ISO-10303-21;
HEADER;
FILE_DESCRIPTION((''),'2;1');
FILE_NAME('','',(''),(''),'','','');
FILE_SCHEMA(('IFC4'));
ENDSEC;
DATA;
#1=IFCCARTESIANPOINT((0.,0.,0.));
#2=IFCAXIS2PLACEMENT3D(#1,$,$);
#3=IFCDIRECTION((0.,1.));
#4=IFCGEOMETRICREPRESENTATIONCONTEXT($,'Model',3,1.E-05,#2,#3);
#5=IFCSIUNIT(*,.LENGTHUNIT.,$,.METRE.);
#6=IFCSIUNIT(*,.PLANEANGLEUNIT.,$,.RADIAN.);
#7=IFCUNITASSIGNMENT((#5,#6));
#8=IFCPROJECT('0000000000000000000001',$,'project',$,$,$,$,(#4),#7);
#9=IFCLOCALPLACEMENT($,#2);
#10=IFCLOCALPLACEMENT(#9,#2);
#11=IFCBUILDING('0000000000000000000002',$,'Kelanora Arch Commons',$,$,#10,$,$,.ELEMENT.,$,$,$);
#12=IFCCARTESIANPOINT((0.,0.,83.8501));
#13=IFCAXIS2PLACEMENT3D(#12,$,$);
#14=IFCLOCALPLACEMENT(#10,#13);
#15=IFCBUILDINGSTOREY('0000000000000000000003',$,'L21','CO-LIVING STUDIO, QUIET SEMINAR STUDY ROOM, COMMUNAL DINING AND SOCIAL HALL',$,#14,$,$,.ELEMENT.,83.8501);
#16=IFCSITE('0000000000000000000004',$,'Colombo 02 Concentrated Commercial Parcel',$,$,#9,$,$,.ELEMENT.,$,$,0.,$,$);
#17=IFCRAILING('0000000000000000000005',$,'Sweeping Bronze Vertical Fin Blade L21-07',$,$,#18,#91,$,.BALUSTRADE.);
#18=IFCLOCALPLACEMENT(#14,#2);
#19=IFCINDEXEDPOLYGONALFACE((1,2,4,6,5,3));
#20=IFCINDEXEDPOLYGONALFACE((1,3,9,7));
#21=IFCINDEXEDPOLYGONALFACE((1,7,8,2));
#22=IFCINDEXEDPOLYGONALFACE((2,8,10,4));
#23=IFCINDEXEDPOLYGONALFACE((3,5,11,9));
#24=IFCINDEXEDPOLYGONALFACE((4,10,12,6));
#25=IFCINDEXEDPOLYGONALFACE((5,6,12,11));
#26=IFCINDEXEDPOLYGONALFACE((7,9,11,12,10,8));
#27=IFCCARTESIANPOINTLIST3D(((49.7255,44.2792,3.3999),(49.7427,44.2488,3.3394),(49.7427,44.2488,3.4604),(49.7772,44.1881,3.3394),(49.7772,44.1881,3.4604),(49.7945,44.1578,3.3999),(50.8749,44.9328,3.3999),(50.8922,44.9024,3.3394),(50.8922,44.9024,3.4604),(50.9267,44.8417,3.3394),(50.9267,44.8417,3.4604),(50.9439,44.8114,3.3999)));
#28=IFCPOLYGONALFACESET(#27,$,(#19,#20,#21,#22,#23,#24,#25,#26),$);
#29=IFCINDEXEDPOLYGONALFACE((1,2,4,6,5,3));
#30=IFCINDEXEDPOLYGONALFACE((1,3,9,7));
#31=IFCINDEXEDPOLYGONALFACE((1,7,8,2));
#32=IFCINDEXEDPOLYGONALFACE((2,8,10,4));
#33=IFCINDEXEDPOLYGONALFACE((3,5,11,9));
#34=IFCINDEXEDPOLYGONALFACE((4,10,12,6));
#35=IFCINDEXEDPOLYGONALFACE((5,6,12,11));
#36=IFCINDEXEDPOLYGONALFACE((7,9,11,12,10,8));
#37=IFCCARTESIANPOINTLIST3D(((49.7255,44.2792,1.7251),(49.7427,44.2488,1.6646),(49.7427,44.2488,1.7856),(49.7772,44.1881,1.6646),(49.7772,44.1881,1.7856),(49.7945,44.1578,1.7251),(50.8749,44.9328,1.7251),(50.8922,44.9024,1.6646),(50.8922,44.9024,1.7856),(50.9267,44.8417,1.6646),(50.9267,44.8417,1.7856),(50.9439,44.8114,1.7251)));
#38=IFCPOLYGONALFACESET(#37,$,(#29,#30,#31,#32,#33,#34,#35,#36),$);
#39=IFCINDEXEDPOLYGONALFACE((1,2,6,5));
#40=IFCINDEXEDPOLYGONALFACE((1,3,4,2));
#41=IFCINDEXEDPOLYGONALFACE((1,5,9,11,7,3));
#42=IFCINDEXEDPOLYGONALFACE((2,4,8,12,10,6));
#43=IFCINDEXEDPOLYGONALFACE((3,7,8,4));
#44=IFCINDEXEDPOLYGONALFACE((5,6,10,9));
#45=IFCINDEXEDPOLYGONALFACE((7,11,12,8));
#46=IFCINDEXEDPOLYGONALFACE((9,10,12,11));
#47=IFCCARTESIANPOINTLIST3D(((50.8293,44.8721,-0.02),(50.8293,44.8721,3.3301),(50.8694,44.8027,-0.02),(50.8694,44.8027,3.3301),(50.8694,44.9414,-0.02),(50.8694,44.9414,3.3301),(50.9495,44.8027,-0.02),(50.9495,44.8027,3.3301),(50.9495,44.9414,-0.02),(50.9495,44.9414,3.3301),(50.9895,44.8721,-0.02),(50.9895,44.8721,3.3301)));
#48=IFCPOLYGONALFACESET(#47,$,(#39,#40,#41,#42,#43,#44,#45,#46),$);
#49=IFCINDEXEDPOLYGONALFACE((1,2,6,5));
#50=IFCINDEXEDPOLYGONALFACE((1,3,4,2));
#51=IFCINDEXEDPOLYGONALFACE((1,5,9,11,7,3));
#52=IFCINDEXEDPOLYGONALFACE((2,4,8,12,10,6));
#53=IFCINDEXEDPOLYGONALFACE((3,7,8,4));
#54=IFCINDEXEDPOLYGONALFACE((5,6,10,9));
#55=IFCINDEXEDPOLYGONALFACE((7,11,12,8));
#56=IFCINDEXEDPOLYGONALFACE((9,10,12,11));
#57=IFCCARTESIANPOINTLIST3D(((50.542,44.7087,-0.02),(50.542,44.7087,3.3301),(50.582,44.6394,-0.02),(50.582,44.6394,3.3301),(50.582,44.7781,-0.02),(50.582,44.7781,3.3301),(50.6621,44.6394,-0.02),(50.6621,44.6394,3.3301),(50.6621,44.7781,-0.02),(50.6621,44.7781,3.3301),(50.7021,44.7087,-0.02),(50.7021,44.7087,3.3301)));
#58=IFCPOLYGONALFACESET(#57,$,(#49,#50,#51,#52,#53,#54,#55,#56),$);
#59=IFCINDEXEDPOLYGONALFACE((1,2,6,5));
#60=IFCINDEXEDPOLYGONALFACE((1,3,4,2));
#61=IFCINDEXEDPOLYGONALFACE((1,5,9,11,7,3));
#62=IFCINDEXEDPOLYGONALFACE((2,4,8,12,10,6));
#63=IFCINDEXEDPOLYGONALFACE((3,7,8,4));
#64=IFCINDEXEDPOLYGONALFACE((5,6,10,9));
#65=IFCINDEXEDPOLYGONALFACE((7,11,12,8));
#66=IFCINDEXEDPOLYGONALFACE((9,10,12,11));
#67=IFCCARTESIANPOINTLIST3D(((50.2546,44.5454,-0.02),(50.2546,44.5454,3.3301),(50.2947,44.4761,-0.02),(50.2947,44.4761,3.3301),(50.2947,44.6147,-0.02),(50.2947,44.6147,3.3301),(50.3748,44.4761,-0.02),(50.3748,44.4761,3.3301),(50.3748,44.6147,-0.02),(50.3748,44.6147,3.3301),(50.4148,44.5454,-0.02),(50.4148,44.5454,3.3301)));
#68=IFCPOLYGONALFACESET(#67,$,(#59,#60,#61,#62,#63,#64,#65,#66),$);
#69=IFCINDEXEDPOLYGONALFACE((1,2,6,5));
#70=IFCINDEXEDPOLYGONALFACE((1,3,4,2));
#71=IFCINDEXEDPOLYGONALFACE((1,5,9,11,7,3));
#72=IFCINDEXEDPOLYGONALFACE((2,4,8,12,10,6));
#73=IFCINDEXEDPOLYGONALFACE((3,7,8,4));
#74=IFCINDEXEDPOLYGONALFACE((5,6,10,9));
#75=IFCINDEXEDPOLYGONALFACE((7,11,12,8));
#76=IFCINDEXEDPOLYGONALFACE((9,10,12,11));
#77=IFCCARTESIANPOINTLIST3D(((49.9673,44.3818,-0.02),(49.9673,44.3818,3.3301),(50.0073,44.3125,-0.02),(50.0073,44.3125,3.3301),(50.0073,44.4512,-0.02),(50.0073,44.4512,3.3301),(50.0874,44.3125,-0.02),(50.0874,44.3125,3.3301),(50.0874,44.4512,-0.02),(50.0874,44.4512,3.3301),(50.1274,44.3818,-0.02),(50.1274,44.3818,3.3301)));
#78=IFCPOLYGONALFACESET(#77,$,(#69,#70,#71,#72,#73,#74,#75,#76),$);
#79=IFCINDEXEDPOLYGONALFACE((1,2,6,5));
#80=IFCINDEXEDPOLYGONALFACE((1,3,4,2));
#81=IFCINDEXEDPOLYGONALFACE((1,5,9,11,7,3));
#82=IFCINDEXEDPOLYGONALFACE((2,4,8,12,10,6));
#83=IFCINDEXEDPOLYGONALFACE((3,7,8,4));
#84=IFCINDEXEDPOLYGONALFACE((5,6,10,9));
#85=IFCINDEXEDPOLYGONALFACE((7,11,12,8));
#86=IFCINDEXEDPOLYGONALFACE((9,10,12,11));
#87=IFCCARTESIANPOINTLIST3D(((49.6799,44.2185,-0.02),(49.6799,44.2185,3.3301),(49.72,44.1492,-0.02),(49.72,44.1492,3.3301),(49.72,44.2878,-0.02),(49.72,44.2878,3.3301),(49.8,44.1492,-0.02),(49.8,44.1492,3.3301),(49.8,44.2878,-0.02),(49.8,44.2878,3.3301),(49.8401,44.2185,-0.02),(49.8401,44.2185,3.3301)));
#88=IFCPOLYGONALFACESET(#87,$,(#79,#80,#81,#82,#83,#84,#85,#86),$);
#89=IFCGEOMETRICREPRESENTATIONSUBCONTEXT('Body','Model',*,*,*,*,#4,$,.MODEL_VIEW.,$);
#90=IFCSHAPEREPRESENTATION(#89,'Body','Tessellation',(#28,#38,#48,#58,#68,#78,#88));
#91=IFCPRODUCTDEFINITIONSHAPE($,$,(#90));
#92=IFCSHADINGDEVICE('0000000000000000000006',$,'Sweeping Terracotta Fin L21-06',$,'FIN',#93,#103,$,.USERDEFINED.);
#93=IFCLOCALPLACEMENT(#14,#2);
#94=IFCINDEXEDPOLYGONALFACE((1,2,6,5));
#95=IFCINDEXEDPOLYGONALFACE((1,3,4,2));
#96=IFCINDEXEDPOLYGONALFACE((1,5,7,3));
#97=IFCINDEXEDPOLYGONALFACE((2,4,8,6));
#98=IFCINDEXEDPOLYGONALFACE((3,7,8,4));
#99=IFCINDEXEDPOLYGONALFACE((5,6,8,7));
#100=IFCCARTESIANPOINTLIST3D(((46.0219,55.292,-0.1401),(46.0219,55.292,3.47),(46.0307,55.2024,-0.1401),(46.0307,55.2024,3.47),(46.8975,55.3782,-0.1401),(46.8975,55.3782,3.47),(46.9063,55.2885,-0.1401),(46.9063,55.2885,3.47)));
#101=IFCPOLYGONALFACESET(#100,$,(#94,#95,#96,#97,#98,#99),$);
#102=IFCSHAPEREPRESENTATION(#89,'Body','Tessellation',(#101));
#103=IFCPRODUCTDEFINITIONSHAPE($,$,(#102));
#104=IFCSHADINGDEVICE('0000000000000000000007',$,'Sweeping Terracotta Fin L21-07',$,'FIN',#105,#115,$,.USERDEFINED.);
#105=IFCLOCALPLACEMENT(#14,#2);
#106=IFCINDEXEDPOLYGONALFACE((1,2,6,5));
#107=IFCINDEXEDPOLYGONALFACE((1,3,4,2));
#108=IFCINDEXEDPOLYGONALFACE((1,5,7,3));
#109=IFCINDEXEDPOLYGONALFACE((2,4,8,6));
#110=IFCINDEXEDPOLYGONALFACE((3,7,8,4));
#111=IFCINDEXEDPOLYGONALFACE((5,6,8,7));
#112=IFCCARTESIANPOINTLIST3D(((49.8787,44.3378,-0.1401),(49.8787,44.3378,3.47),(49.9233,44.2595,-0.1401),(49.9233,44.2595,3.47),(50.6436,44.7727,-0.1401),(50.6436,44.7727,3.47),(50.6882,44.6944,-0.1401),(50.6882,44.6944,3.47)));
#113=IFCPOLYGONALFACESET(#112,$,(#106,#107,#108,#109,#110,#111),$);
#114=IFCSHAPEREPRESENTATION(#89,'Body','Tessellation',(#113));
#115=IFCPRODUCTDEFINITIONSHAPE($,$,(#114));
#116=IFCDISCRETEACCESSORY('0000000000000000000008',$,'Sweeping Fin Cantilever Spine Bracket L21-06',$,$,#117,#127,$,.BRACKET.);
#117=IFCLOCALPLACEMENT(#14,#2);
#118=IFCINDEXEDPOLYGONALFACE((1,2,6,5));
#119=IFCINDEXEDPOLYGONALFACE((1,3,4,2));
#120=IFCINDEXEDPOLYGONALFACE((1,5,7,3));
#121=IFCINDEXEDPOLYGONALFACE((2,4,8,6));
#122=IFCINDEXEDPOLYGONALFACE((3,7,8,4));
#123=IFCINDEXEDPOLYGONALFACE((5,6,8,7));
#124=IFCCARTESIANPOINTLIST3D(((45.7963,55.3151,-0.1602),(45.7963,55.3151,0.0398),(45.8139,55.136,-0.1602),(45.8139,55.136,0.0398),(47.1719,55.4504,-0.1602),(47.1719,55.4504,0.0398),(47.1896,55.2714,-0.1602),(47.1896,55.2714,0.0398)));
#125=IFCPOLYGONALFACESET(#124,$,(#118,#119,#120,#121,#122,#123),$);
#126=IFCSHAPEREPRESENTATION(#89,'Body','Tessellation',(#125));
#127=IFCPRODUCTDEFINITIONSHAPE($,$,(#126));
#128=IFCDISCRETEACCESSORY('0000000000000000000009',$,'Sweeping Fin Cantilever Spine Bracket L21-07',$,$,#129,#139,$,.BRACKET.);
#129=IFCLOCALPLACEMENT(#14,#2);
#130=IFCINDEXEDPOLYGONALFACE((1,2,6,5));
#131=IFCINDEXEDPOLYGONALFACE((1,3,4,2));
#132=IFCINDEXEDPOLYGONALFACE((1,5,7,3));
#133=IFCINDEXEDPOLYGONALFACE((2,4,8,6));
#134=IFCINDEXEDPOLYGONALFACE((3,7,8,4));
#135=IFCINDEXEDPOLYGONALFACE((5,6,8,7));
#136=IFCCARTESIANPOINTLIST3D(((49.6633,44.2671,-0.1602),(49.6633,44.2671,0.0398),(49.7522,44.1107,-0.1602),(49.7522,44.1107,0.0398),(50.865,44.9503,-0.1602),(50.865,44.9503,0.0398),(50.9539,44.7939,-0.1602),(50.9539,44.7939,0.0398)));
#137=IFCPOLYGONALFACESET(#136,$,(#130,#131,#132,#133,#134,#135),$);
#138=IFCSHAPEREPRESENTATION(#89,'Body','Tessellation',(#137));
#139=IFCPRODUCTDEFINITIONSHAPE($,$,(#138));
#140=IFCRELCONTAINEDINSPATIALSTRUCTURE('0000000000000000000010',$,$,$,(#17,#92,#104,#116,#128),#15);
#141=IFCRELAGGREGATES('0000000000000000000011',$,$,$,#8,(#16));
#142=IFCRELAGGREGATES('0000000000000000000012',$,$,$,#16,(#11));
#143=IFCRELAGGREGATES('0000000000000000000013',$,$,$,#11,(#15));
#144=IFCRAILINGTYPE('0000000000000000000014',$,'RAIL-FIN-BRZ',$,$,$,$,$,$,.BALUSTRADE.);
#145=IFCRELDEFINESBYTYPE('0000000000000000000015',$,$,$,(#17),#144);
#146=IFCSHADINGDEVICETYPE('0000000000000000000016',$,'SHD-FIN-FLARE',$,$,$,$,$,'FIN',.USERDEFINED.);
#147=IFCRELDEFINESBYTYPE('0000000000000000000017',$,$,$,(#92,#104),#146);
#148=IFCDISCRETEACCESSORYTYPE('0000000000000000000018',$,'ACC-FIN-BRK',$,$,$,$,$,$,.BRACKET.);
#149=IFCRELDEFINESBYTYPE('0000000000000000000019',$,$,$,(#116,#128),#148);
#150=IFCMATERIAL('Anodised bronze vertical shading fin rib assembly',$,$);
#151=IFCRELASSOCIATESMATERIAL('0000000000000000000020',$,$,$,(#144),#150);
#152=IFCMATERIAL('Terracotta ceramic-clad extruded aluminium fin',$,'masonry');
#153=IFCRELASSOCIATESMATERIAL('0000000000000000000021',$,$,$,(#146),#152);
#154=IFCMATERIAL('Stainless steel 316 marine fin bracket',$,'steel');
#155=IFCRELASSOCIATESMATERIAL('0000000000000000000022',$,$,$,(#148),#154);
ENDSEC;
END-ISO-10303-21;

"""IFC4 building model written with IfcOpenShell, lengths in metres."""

from ifc_helpers import new_model, si_unit, direction, frame, origin, origin_2d, place, context, subcontext, project, spatial, polyline, rectangle, outline, extrude, source, transform, mapped, material, type_object, element, save


model = new_model("IFC4")

# Units and contexts
model_context = context("Model", 3, precision=1e-05, world=origin(), true_north=direction((0.0, 1.0)))
body_context = subcontext(model_context, "Body", "Model", "MODEL_VIEW")
ifc_project = project(units=[si_unit("LENGTHUNIT", "METRE"), si_unit("PLANEANGLEUNIT", "RADIAN")], contexts=[model_context])

# Site, building, storey
site_placement = place(None, origin())
site = spatial("IfcSite", under=ifc_project, at=site_placement, Name="Colombo 02 Concentrated Commercial Parcel", CompositionType="ELEMENT", RefElevation=0.0)
building_placement = place(site_placement, origin())
building = spatial("IfcBuilding", under=site, at=building_placement, Name="Kelanora Arch Commons", CompositionType="ELEMENT")
storey_placement = place(building_placement, frame((0.0, 0.0, 83.8501)))
storey = spatial("IfcBuildingStorey", under=building, at=storey_placement, Name="L21", Description="CO-LIVING STUDIO, QUIET SEMINAR STUDY ROOM, COMMUNAL DINING AND SOCIAL HALL", CompositionType="ELEMENT", Elevation=83.8501)

# Railing
ifc_material_1 = material(Name="Anodised bronze vertical shading fin rib assembly")
railing_type = type_object("IfcRailingType", Name="RAIL-FIN-BRZ", PredefinedType="BALUSTRADE", material=ifc_material_1)
railing_1_placement = place(storey_placement, frame((50.9094, 44.8721, -0.02)))
element("IfcRailing", 1, at=railing_1_placement, inside=storey, type_object=railing_type, Name="Sweeping Bronze Vertical Fin Blade L21-07", PredefinedType="BALUSTRADE", context=body_context, shape_type="SweptSolid", body=[
    extrude(outline(polyline([(0.0698, 0.0), (0.0349, 0.0605), (-0.0349, 0.0605), (-0.0698, 0.0), (-0.0349, -0.0605), (0.0349, -0.0605), (0.0698, 0.0)])), frame((0.0, 0.0, 3.4199), z_axis=(-0.869298, -0.494289, 0.0), x_axis=(0.494289, -0.869298, 0.0)), (0.0, 0.0, 1.0), 1.3223),
    extrude(outline(polyline([(0.0698, 0.0), (0.0349, 0.0605), (-0.0349, 0.0605), (-0.0698, 0.0), (-0.0349, -0.0605), (0.0349, -0.0605), (0.0698, 0.0)])), frame((0.0, 0.0, 1.7451), z_axis=(-0.869298, -0.494289, 0.0), x_axis=(0.494289, -0.869298, 0.0)), (0.0, 0.0, 1.0), 1.3223),
    extrude(outline(polyline([(0.0801, 0.0), (0.04, 0.0693), (-0.04, 0.0693), (-0.0801, 0.0), (-0.04, -0.0693), (0.04, -0.0693), (0.0801, 0.0)])), origin(), (0.0, 0.0, 1.0), 3.3501),
    extrude(outline(polyline([(0.0801, 0.0), (0.04, 0.0693), (-0.04, 0.0693), (-0.0801, 0.0), (-0.04, -0.0693), (0.04, -0.0693), (0.0801, 0.0)])), frame((-0.2874, -0.1633, 0.0)), (0.0, 0.0, 1.0), 3.3501),
    extrude(outline(polyline([(0.0801, 0.0), (0.04, 0.0693), (-0.04, 0.0693), (-0.0801, 0.0), (-0.04, -0.0693), (0.04, -0.0693), (0.0801, 0.0)])), frame((-0.5747, -0.3267, 0.0)), (0.0, 0.0, 1.0), 3.3501),
    extrude(outline(polyline([(0.0801, 0.0), (0.04, 0.0693), (-0.04, 0.0693), (-0.0801, 0.0), (-0.04, -0.0693), (0.04, -0.0693), (0.0801, 0.0)])), frame((-0.8621, -0.4902, 0.0)), (0.0, 0.0, 1.0), 3.3501),
    extrude(outline(polyline([(0.0801, 0.0), (0.04, 0.0693), (-0.04, 0.0693), (-0.0801, 0.0), (-0.04, -0.0693), (0.04, -0.0693), (0.0801, 0.0)])), frame((-1.1494, -0.6536, 0.0)), (0.0, 0.0, 1.0), 3.3501),
])

# Shading devices
ifc_material_2 = material(Name="Terracotta ceramic-clad extruded aluminium fin", Category="masonry")
shading_device_type = type_object("IfcShadingDeviceType", Name="SHD-FIN-FLARE", ElementType="FIN", PredefinedType="USERDEFINED", material=ifc_material_2)
shared_shape_1 = source(origin(), body_context, "Body", "SweptSolid", [
    extrude(rectangle(XDim=0.8799, YDim=0.0901, at=origin_2d()), origin(), (0.0, 0.0, 1.0), 3.6101),
])
for number, where, z_axis, x_axis, name in (
    (2, (46.4641, 55.2903, -0.1401), (0.0, 0.0, 1.0), (-0.995193, -0.09793, 0.0), "Sweeping Terracotta Fin L21-06"),
    (3, (50.2834, 44.5161, -0.1401), (0.0, 0.0, 1.0), (-0.869322, -0.494245, 0.0), "Sweeping Terracotta Fin L21-07"),
):
    element("IfcShadingDevice", number, at=place(storey_placement, frame(where, z_axis=z_axis, x_axis=x_axis)), inside=storey, type_object=shading_device_type, Name=name, ObjectType="FIN", PredefinedType="USERDEFINED", context=body_context, shape_type="MappedRepresentation", body=[
        mapped(shared_shape_1, transform((0.0, 0.0, 0.0), scale=1.0)),
    ])

# Discrete accessories
ifc_material_3 = material(Name="Stainless steel 316 marine fin bracket", Category="steel")
discrete_accessory_type = type_object("IfcDiscreteAccessoryType", Name="ACC-FIN-BRK", PredefinedType="BRACKET", material=ifc_material_3)
shared_shape_2 = source(origin(), body_context, "Body", "SweptSolid", [
    extrude(rectangle(XDim=1.3823, YDim=0.1799, at=origin_2d()), origin(), (0.0, 0.0, 1.0), 0.2),
])
for number, where, z_axis, x_axis, name in (
    (4, (46.4929, 55.2932, -0.1602), (0.0, 0.0, 1.0), (-0.995193, -0.09793, 0.0), "Sweeping Fin Cantilever Spine Bracket L21-06"),
    (5, (50.3086, 44.5305, -0.1602), (0.0, 0.0, 1.0), (-0.869322, -0.494245, 0.0), "Sweeping Fin Cantilever Spine Bracket L21-07"),
):
    element("IfcDiscreteAccessory", number, at=place(storey_placement, frame(where, z_axis=z_axis, x_axis=x_axis)), inside=storey, type_object=discrete_accessory_type, Name=name, PredefinedType="BRACKET", context=body_context, shape_type="MappedRepresentation", body=[
        mapped(shared_shape_2, transform((0.0, 0.0, 0.0), scale=1.0)),
    ])

save(model, "model.ifc")
